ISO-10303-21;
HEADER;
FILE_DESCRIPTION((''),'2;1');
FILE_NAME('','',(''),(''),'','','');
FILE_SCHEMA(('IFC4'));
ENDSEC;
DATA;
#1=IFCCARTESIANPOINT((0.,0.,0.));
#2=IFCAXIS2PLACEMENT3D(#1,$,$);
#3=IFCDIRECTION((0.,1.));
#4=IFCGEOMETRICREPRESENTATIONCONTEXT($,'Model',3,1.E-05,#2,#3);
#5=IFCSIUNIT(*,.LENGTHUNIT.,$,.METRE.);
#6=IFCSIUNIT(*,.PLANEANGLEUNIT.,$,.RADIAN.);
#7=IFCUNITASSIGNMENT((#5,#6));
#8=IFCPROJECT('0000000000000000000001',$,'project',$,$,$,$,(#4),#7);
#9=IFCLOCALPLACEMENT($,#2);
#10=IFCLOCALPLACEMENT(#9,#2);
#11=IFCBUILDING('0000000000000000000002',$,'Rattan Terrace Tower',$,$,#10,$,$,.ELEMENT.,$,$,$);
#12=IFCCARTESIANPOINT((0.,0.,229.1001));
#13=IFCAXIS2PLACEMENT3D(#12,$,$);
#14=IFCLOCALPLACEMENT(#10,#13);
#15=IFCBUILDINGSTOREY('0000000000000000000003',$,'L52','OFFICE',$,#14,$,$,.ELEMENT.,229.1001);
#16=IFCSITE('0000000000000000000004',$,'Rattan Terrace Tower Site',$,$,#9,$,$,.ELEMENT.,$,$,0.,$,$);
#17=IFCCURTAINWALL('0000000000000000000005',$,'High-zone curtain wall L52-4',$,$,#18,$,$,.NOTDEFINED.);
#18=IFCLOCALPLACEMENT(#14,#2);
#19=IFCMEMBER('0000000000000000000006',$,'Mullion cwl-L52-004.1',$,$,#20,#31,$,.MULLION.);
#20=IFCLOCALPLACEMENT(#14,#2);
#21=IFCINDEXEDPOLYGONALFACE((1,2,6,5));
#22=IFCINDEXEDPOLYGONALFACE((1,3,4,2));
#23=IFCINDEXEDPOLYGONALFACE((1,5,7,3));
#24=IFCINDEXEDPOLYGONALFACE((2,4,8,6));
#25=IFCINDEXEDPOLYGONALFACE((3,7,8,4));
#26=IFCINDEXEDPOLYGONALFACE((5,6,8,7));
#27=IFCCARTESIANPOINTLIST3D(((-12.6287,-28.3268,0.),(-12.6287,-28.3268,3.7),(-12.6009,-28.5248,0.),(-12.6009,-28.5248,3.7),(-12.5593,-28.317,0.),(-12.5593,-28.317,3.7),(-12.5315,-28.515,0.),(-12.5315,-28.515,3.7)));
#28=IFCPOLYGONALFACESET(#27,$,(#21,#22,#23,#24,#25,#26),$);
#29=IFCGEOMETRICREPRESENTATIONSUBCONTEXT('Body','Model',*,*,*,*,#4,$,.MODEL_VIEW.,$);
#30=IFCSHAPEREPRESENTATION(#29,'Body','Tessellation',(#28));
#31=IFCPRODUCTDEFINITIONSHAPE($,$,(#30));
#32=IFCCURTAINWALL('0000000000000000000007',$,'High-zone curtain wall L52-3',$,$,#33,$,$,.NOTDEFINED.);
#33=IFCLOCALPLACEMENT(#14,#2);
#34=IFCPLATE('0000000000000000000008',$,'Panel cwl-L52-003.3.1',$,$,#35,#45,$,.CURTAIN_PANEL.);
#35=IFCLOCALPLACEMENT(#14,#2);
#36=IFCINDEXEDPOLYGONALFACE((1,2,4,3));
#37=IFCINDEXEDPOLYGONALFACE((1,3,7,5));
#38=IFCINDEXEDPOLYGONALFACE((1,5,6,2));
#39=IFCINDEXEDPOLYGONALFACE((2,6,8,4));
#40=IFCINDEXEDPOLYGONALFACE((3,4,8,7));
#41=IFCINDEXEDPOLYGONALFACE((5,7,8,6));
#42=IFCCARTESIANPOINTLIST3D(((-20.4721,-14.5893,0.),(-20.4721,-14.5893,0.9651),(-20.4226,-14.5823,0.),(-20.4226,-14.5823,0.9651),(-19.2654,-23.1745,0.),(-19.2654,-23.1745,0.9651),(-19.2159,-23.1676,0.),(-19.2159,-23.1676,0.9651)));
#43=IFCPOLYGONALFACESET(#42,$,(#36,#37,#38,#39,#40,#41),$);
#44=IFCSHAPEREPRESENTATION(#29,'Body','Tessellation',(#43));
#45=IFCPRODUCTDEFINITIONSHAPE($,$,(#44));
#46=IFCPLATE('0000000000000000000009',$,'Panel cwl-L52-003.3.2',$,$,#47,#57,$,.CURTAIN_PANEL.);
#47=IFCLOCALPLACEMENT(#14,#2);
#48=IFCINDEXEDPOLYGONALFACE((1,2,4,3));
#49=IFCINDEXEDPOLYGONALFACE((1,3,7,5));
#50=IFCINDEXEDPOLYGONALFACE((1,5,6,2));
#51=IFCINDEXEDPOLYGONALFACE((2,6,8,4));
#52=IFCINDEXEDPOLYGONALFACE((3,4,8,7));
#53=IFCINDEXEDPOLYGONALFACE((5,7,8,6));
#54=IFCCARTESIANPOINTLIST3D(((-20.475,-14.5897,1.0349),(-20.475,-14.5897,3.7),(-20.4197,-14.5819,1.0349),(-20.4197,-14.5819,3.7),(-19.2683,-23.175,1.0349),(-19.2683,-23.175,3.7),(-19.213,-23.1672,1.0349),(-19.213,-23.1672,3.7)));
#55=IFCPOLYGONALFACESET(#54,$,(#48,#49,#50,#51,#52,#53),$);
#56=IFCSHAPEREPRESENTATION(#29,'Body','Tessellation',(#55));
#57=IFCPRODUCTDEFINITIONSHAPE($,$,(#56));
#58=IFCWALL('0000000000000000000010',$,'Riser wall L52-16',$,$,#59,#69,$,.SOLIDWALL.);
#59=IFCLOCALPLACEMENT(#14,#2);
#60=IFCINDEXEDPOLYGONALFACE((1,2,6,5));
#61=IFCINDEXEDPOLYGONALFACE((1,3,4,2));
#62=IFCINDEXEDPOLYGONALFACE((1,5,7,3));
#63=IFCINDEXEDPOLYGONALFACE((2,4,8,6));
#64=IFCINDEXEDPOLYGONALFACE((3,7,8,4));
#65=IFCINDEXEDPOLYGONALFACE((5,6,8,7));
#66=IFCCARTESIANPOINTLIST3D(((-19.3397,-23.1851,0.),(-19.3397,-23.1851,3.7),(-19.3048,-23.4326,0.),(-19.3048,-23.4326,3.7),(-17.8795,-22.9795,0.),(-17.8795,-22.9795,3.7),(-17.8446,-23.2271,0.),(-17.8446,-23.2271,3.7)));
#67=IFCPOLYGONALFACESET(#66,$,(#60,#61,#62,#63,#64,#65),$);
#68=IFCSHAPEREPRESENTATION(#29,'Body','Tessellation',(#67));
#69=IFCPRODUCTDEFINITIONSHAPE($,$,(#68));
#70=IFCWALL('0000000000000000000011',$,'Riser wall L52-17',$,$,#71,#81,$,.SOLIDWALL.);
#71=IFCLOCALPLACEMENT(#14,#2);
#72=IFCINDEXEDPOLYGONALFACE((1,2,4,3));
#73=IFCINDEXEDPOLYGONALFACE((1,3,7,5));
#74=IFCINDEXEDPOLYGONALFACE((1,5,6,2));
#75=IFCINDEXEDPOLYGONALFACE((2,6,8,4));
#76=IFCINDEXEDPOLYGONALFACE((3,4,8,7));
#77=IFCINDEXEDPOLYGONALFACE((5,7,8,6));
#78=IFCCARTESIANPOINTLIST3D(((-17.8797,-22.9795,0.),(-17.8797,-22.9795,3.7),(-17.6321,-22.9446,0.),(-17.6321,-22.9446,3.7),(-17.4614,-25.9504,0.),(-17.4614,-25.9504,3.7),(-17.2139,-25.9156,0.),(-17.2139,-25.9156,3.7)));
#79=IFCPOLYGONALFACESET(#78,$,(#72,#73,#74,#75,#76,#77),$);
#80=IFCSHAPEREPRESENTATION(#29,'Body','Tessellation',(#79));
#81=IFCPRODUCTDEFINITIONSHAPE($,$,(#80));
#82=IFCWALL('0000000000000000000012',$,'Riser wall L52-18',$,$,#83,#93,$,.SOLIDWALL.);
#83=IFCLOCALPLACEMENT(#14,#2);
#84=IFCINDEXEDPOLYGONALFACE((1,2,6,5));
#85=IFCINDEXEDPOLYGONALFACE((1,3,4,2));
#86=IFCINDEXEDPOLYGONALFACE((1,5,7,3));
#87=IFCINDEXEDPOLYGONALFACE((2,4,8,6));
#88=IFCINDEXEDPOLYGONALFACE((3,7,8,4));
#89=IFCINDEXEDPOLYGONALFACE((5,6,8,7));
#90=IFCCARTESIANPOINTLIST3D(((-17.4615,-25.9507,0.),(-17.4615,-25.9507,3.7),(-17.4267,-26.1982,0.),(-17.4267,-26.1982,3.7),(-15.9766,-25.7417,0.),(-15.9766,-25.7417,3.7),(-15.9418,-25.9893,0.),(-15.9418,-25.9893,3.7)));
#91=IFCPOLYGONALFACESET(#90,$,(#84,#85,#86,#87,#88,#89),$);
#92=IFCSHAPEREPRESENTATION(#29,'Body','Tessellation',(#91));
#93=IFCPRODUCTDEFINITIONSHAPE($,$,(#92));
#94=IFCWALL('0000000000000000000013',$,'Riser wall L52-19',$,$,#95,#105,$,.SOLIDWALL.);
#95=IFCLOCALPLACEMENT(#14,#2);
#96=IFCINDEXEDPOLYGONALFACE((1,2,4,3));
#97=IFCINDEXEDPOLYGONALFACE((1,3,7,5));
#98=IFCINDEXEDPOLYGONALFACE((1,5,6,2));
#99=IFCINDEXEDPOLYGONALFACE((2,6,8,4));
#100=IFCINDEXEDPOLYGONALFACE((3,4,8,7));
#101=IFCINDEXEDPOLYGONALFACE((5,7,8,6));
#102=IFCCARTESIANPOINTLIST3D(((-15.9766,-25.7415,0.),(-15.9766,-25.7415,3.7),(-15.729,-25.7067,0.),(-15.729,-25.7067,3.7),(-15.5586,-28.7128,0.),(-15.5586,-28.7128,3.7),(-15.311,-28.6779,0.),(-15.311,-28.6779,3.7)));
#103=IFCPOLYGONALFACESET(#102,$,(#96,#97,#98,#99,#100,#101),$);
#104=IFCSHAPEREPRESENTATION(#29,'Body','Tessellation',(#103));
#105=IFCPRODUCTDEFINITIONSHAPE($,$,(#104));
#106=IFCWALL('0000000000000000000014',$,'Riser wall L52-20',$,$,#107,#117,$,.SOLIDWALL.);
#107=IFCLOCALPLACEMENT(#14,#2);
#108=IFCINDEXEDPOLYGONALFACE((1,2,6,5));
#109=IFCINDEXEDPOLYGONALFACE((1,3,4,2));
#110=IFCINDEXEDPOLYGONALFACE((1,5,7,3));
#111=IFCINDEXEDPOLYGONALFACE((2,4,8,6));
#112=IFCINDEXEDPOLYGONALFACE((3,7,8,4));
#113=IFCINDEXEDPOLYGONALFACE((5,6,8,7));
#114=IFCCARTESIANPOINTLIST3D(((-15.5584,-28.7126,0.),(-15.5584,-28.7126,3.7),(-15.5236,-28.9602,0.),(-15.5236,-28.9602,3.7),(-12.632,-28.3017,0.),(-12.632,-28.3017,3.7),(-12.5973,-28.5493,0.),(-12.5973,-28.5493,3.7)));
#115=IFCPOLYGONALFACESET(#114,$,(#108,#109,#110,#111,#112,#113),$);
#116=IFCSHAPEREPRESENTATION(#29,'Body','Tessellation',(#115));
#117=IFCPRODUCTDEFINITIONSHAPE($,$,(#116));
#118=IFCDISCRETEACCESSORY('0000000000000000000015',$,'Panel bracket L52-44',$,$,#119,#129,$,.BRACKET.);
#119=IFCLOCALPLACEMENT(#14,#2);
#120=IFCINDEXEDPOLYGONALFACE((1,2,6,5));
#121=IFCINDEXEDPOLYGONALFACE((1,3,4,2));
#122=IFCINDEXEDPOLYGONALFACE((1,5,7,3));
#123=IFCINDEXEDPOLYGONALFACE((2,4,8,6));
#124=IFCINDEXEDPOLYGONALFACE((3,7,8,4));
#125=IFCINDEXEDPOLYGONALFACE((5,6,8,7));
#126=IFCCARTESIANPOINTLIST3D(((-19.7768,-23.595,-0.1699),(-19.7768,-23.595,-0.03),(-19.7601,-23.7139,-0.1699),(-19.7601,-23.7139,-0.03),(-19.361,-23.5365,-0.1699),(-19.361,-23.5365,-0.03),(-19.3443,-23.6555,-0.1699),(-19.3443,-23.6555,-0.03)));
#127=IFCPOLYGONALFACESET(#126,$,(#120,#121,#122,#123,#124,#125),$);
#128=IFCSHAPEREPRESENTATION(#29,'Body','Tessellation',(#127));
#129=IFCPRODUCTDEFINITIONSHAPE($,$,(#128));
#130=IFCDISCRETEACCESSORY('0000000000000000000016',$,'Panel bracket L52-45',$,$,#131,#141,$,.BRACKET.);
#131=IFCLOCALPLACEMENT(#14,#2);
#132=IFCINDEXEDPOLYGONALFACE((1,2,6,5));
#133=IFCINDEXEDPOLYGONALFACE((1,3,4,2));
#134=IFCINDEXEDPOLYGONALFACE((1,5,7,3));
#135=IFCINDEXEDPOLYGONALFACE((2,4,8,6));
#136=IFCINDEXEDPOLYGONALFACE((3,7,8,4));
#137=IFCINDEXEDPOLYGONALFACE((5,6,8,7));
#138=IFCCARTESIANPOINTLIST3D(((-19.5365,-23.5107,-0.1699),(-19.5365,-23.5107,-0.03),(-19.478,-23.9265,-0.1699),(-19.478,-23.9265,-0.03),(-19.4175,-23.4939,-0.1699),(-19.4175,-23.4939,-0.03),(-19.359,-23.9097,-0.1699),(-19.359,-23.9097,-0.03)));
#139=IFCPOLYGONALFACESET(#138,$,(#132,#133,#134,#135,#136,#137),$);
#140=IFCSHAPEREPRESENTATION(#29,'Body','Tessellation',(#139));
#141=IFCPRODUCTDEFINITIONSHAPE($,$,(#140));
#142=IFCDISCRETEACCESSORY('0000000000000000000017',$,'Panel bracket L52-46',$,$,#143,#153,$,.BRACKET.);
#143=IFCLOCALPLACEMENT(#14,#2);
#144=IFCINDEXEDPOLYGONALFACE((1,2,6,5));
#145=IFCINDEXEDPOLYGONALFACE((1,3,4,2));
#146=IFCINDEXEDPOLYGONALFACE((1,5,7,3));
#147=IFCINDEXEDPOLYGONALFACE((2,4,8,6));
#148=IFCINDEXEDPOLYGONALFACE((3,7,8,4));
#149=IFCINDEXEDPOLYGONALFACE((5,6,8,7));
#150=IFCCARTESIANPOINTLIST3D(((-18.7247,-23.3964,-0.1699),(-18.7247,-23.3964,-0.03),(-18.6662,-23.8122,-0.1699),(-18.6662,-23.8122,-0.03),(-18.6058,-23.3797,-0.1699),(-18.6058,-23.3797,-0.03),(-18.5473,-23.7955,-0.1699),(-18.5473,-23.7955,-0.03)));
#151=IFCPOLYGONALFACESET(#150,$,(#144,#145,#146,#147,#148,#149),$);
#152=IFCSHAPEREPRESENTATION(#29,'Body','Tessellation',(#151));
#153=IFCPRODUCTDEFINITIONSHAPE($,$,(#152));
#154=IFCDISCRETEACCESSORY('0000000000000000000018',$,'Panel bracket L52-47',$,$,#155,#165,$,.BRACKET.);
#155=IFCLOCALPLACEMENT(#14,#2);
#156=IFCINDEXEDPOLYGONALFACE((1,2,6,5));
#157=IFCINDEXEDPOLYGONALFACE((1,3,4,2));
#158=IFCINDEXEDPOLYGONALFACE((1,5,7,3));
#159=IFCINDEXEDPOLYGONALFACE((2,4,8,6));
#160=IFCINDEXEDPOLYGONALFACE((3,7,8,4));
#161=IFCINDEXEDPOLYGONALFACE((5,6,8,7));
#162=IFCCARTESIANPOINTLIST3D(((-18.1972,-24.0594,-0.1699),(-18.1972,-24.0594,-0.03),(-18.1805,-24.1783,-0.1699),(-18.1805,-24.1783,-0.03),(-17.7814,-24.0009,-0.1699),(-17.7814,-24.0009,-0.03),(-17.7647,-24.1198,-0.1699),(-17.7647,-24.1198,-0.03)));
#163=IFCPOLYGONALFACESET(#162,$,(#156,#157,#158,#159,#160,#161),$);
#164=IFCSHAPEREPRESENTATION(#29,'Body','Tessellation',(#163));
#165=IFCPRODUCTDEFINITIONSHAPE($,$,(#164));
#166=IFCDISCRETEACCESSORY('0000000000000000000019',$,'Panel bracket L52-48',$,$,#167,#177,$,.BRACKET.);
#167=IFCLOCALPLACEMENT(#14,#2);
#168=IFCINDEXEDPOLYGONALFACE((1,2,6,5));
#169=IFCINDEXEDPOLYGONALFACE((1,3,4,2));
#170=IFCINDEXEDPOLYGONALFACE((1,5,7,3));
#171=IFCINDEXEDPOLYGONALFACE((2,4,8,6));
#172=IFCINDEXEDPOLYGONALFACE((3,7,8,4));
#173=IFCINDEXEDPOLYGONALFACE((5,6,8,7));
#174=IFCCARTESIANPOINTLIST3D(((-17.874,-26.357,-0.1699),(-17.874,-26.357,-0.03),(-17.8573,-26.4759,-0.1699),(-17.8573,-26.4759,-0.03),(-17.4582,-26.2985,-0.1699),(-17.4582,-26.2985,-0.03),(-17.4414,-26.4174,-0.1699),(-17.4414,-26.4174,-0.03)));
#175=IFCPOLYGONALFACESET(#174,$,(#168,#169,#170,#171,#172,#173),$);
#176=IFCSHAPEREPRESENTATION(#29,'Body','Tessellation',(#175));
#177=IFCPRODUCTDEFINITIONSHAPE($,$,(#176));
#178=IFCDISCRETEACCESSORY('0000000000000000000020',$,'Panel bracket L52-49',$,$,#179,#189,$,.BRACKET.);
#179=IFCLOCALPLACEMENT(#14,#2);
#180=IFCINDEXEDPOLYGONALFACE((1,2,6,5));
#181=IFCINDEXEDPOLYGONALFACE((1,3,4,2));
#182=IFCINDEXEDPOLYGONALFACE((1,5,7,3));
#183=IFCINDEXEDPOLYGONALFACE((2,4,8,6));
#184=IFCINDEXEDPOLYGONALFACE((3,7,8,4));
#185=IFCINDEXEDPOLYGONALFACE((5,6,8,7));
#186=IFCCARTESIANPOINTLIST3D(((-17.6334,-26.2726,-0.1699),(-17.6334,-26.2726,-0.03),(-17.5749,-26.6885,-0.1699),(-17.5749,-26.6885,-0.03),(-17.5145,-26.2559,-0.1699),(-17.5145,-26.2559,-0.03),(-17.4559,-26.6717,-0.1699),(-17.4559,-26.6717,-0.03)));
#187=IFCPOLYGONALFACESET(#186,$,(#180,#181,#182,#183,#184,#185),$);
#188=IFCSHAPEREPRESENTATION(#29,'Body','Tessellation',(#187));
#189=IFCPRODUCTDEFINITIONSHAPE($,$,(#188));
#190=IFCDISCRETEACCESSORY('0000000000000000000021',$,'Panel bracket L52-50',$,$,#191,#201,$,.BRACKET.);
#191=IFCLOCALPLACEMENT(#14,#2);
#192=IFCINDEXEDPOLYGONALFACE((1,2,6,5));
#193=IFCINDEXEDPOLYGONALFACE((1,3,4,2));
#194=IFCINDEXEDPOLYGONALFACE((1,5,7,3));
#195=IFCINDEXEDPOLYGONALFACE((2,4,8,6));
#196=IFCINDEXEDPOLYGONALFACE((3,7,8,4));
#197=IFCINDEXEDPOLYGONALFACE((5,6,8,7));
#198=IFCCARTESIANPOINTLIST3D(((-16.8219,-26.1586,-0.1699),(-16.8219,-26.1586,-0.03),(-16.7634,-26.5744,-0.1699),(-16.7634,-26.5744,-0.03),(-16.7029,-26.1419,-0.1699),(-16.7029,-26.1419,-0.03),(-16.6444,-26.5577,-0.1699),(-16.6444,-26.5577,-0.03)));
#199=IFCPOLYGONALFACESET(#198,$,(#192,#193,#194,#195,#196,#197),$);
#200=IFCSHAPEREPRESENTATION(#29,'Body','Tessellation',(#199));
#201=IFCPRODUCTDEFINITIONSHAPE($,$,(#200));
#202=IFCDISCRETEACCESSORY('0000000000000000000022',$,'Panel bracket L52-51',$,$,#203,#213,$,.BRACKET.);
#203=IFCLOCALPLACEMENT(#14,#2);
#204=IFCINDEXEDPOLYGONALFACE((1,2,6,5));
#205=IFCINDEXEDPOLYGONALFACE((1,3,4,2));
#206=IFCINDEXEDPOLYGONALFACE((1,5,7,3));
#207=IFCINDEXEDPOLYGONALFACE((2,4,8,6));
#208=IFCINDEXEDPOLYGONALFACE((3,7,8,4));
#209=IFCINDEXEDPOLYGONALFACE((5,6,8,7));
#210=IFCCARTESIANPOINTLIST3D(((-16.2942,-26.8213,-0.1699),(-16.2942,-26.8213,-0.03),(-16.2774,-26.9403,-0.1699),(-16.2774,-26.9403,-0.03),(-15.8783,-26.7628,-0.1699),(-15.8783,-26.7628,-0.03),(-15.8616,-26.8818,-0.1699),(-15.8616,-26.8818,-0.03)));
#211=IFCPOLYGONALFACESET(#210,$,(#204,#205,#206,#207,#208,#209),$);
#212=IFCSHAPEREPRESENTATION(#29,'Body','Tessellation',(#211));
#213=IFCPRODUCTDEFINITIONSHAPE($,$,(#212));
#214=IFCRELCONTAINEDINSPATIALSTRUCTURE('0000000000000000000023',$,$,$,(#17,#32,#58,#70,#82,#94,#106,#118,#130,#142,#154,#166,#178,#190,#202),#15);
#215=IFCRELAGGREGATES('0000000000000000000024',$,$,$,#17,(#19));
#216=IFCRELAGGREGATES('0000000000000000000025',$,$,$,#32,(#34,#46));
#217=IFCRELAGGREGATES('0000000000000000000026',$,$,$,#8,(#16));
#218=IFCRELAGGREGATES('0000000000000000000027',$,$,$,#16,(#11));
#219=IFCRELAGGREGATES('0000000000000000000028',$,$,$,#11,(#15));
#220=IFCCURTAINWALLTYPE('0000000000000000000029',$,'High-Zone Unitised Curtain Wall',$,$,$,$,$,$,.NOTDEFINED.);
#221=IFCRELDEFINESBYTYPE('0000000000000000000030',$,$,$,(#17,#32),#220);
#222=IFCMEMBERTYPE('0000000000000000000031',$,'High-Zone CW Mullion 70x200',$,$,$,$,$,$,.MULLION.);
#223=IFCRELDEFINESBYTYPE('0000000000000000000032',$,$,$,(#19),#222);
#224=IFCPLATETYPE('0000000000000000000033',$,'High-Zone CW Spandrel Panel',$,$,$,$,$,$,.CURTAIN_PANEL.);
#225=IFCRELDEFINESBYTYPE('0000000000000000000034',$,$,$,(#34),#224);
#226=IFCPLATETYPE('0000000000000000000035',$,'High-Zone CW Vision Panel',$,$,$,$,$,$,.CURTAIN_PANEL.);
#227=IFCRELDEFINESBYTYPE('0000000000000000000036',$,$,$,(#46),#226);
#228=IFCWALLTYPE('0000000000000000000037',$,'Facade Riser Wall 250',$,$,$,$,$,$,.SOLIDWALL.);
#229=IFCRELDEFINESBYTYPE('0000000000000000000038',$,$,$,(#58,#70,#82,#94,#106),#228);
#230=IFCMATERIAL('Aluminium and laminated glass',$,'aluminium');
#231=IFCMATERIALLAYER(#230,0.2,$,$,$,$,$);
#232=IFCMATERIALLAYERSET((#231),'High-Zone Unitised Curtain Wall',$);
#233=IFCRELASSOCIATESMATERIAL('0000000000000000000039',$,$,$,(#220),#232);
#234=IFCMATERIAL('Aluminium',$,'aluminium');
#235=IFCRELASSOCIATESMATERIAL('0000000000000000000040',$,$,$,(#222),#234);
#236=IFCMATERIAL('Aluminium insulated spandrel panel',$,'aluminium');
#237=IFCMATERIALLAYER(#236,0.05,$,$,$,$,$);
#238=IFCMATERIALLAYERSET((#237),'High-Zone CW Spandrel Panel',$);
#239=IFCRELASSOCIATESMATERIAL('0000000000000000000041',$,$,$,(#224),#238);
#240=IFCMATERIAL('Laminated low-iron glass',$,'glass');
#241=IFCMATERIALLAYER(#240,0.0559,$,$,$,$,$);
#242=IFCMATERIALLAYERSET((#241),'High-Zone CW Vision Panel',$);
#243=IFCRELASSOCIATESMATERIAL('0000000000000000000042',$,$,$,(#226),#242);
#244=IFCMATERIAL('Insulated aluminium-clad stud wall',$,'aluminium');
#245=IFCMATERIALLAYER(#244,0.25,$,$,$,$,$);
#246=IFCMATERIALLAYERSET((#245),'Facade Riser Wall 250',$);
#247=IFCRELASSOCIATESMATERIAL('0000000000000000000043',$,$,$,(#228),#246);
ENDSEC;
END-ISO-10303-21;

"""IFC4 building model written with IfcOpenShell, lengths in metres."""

from ifc_helpers import new_model, si_unit, direction, frame, frame_2d, origin, origin_2d, place, context, subcontext, project, spatial, rectangle, extrude, material, layer, layer_set, material_profile, profile_set, type_object, element, aggregate, save


model = new_model("IFC4")

# Units and contexts
model_context = context("Model", 3, precision=1e-05, world=origin(), true_north=direction((0.0, 1.0)))
body_context = subcontext(model_context, "Body", "Model", "MODEL_VIEW")
ifc_project = project(units=[si_unit("LENGTHUNIT", "METRE"), si_unit("PLANEANGLEUNIT", "RADIAN")], contexts=[model_context])

# Site, building, storey
site_placement = place(None, origin())
site = spatial("IfcSite", under=ifc_project, at=site_placement, Name="Rattan Terrace Tower Site", CompositionType="ELEMENT", RefElevation=0.0)
building_placement = place(site_placement, origin())
building = spatial("IfcBuilding", under=site, at=building_placement, Name="Rattan Terrace Tower", CompositionType="ELEMENT")
storey_placement = place(building_placement, frame((0.0, 0.0, 229.1001)))
storey = spatial("IfcBuildingStorey", under=building, at=storey_placement, Name="L52", Description="OFFICE", CompositionType="ELEMENT", Elevation=229.1001)

# Curtain wall, member
ifc_material_1 = material(Name="Aluminium and laminated glass", Category="aluminium")
ifc_layer_1 = layer(ifc_material_1, 0.2)
ifc_layer_set_1 = layer_set([ifc_layer_1], Name="High-Zone Unitised Curtain Wall")
curtain_wall_type = type_object("IfcCurtainWallType", Name="High-Zone Unitised Curtain Wall", PredefinedType="NOTDEFINED", material=ifc_layer_set_1)
curtain_wall_1_placement = place(storey_placement, origin())
curtain_wall_1 = element("IfcCurtainWall", 1, at=curtain_wall_1_placement, inside=storey, type_object=curtain_wall_type, Name="High-zone curtain wall L52-4", PredefinedType="NOTDEFINED")
ifc_material_2 = material(Name="Aluminium", Category="aluminium")
ifc_material_profile = material_profile(ifc_material_2, rectangle(XDim=0.0701, YDim=0.2, at=origin_2d()), Name="Aluminium 70x200")
ifc_profile_set = profile_set([ifc_material_profile], Name="Aluminium")
member_type = type_object("IfcMemberType", Name="High-Zone CW Mullion 70x200", PredefinedType="MULLION", material=ifc_profile_set)
member_placement = place(storey_placement, frame((-12.5801, -28.4209, 0.0), z_axis=(0.0, 0.0, 1.0), x_axis=(0.990267, 0.139177, 0.0)))
member = element("IfcMember", 2, at=member_placement, type_object=member_type, Name="Mullion cwl-L52-004.1", PredefinedType="MULLION", context=body_context, shape_type="SweptSolid", body=[
    extrude(rectangle(XDim=0.0701, YDim=0.2, at=origin_2d()), origin(), (0.0, 0.0, 1.0), 3.7),
])
aggregate(curtain_wall_1, [member])

# Curtain wall, plates
curtain_wall_2_placement = place(storey_placement, origin())
curtain_wall_2 = element("IfcCurtainWall", 3, at=curtain_wall_2_placement, inside=storey, type_object=curtain_wall_type, Name="High-zone curtain wall L52-3", PredefinedType="NOTDEFINED")
ifc_material_3 = material(Name="Aluminium insulated spandrel panel", Category="aluminium")
ifc_layer_2 = layer(ifc_material_3, 0.05)
ifc_layer_set_2 = layer_set([ifc_layer_2], Name="High-Zone CW Spandrel Panel")
plate_type_1 = type_object("IfcPlateType", Name="High-Zone CW Spandrel Panel", PredefinedType="CURTAIN_PANEL", material=ifc_layer_set_2)
plate_1_placement = place(storey_placement, frame((-19.844, -18.8784, 0.0), z_axis=(0.0, 0.0, 1.0), x_axis=(0.139186, -0.990266, 0.0)))
plate_1 = element("IfcPlate", 4, at=plate_1_placement, type_object=plate_type_1, Name="Panel cwl-L52-003.3.1", PredefinedType="CURTAIN_PANEL", context=body_context, shape_type="SweptSolid", body=[
    extrude(rectangle(XDim=8.6697, YDim=0.05, at=origin_2d()), origin(), (0.0, 0.0, 1.0), 0.9651),
])
ifc_material_4 = material(Name="Laminated low-iron glass", Category="glass")
ifc_layer_3 = layer(ifc_material_4, 0.0559)
ifc_layer_set_3 = layer_set([ifc_layer_3], Name="High-Zone CW Vision Panel")
plate_type_2 = type_object("IfcPlateType", Name="High-Zone CW Vision Panel", PredefinedType="CURTAIN_PANEL", material=ifc_layer_set_3)
plate_2_placement = place(storey_placement, frame((-19.844, -18.8784, 1.0349), z_axis=(0.0, 0.0, 1.0), x_axis=(0.139186, -0.990266, 0.0)))
plate_2 = element("IfcPlate", 5, at=plate_2_placement, type_object=plate_type_2, Name="Panel cwl-L52-003.3.2", PredefinedType="CURTAIN_PANEL", context=body_context, shape_type="SweptSolid", body=[
    extrude(rectangle(XDim=8.6697, YDim=0.0559, at=origin_2d()), origin(), (0.0, 0.0, 1.0), 2.665),
])
aggregate(curtain_wall_2, [plate_1, plate_2])

# Walls
ifc_material_5 = material(Name="Insulated aluminium-clad stud wall", Category="aluminium")
ifc_layer_4 = layer(ifc_material_5, 0.25)
ifc_layer_set_4 = layer_set([ifc_layer_4], Name="Facade Riser Wall 250")
wall_type = type_object("IfcWallType", Name="Facade Riser Wall 250", PredefinedType="SOLIDWALL", material=ifc_layer_set_4)
wall_1_placement = place(storey_placement, frame((-19.3223, -23.3088, 0.0), z_axis=(0.0, 0.0, 1.0), x_axis=(0.990236, 0.139404, 0.0)))
element("IfcWall", 6, at=wall_1_placement, inside=storey, type_object=wall_type, Name="Riser wall L52-16", PredefinedType="SOLIDWALL", context=body_context, shape_type="SweptSolid", body=[
    extrude(rectangle(XDim=1.4746, YDim=0.25, at=frame_2d((0.7373, 0.0))), origin(), (0.0, 0.0, 1.0), 3.7),
])
wall_2_placement = place(storey_placement, frame((-17.7559, -22.9622, 0.0), z_axis=(0.0, 0.0, 1.0), x_axis=(0.139393, -0.990237, 0.0)))
element("IfcWall", 7, at=wall_2_placement, inside=storey, type_object=wall_type, Name="Riser wall L52-17", PredefinedType="SOLIDWALL", context=body_context, shape_type="SweptSolid", body=[
    extrude(rectangle(XDim=3.0002, YDim=0.25, at=frame_2d((1.5, 0.0))), origin(), (0.0, 0.0, 1.0), 3.7),
])
wall_3_placement = place(storey_placement, frame((-17.4441, -26.0745, 0.0), z_axis=(0.0, 0.0, 1.0), x_axis=(0.99024, 0.13937, 0.0)))
element("IfcWall", 8, at=wall_3_placement, inside=storey, type_object=wall_type, Name="Riser wall L52-18", PredefinedType="SOLIDWALL", context=body_context, shape_type="SweptSolid", body=[
    extrude(rectangle(XDim=1.4995, YDim=0.25, at=frame_2d((0.7498, 0.0))), origin(), (0.0, 0.0, 1.0), 3.7),
])
wall_4_placement = place(storey_placement, frame((-15.8528, -25.7241, 0.0), z_axis=(0.0, 0.0, 1.0), x_axis=(0.139302, -0.99025, 0.0)))
element("IfcWall", 9, at=wall_4_placement, inside=storey, type_object=wall_type, Name="Riser wall L52-19", PredefinedType="SOLIDWALL", context=body_context, shape_type="SweptSolid", body=[
    extrude(rectangle(XDim=3.0005, YDim=0.25, at=frame_2d((1.5002, 0.0))), origin(), (0.0, 0.0, 1.0), 3.7),
])
wall_5_placement = place(storey_placement, frame((-15.541, -28.8364, 0.0), z_axis=(0.0, 0.0, 1.0), x_axis=(0.990285, 0.13905, 0.0)))
element("IfcWall", 10, at=wall_5_placement, inside=storey, type_object=wall_type, Name="Riser wall L52-20", PredefinedType="SOLIDWALL", context=body_context, shape_type="SweptSolid", body=[
    extrude(rectangle(XDim=2.9551, YDim=0.25, at=frame_2d((1.4775, 0.0))), origin(), (0.0, 0.0, 1.0), 3.7),
])

# Discrete accessories
for number, where, z_axis, x_axis, name in (
    (11, (-19.5605, -23.6252, -0.1699), (0.0, 0.0, 1.0), (0.139186, -0.990266, 0.0), "Panel bracket L52-44"),
    (12, (-19.4478, -23.7102, -0.1699), (0.0, 0.0, 1.0), (0.990241, 0.139367, 0.0), "Panel bracket L52-45"),
    (13, (-18.636, -23.5959, -0.1699), (0.0, 0.0, 1.0), (0.990241, 0.139367, 0.0), "Panel bracket L52-46"),
    (14, (-17.981, -24.0896, -0.1699), (0.0, 0.0, 1.0), (0.139321, -0.990247, 0.0), "Panel bracket L52-47"),
    (15, (-17.6577, -26.3872, -0.1699), (0.0, 0.0, 1.0), (0.139321, -0.990247, 0.0), "Panel bracket L52-48"),
    (16, (-17.5447, -26.4722, -0.1699), (0.0, 0.0, 1.0), (0.990241, 0.139367, 0.0), "Panel bracket L52-49"),
    (17, (-16.7332, -26.3582, -0.1699), (0.0, 0.0, 1.0), (0.990241, 0.139367, 0.0), "Panel bracket L52-50"),
    (18, (-16.0779, -26.8516, -0.1699), (0.0, 0.0, 1.0), (0.139321, -0.990247, 0.0), "Panel bracket L52-51"),
):
    element("IfcDiscreteAccessory", number, at=place(storey_placement, frame(where, z_axis=z_axis, x_axis=x_axis)), inside=storey, Name=name, PredefinedType="BRACKET", context=body_context, shape_type="SweptSolid", body=[
        extrude(rectangle(XDim=0.1201, YDim=0.4199, at=origin_2d()), origin(), (0.0, 0.0, 1.0), 0.1399),
    ])

save(model, "model.ifc")
